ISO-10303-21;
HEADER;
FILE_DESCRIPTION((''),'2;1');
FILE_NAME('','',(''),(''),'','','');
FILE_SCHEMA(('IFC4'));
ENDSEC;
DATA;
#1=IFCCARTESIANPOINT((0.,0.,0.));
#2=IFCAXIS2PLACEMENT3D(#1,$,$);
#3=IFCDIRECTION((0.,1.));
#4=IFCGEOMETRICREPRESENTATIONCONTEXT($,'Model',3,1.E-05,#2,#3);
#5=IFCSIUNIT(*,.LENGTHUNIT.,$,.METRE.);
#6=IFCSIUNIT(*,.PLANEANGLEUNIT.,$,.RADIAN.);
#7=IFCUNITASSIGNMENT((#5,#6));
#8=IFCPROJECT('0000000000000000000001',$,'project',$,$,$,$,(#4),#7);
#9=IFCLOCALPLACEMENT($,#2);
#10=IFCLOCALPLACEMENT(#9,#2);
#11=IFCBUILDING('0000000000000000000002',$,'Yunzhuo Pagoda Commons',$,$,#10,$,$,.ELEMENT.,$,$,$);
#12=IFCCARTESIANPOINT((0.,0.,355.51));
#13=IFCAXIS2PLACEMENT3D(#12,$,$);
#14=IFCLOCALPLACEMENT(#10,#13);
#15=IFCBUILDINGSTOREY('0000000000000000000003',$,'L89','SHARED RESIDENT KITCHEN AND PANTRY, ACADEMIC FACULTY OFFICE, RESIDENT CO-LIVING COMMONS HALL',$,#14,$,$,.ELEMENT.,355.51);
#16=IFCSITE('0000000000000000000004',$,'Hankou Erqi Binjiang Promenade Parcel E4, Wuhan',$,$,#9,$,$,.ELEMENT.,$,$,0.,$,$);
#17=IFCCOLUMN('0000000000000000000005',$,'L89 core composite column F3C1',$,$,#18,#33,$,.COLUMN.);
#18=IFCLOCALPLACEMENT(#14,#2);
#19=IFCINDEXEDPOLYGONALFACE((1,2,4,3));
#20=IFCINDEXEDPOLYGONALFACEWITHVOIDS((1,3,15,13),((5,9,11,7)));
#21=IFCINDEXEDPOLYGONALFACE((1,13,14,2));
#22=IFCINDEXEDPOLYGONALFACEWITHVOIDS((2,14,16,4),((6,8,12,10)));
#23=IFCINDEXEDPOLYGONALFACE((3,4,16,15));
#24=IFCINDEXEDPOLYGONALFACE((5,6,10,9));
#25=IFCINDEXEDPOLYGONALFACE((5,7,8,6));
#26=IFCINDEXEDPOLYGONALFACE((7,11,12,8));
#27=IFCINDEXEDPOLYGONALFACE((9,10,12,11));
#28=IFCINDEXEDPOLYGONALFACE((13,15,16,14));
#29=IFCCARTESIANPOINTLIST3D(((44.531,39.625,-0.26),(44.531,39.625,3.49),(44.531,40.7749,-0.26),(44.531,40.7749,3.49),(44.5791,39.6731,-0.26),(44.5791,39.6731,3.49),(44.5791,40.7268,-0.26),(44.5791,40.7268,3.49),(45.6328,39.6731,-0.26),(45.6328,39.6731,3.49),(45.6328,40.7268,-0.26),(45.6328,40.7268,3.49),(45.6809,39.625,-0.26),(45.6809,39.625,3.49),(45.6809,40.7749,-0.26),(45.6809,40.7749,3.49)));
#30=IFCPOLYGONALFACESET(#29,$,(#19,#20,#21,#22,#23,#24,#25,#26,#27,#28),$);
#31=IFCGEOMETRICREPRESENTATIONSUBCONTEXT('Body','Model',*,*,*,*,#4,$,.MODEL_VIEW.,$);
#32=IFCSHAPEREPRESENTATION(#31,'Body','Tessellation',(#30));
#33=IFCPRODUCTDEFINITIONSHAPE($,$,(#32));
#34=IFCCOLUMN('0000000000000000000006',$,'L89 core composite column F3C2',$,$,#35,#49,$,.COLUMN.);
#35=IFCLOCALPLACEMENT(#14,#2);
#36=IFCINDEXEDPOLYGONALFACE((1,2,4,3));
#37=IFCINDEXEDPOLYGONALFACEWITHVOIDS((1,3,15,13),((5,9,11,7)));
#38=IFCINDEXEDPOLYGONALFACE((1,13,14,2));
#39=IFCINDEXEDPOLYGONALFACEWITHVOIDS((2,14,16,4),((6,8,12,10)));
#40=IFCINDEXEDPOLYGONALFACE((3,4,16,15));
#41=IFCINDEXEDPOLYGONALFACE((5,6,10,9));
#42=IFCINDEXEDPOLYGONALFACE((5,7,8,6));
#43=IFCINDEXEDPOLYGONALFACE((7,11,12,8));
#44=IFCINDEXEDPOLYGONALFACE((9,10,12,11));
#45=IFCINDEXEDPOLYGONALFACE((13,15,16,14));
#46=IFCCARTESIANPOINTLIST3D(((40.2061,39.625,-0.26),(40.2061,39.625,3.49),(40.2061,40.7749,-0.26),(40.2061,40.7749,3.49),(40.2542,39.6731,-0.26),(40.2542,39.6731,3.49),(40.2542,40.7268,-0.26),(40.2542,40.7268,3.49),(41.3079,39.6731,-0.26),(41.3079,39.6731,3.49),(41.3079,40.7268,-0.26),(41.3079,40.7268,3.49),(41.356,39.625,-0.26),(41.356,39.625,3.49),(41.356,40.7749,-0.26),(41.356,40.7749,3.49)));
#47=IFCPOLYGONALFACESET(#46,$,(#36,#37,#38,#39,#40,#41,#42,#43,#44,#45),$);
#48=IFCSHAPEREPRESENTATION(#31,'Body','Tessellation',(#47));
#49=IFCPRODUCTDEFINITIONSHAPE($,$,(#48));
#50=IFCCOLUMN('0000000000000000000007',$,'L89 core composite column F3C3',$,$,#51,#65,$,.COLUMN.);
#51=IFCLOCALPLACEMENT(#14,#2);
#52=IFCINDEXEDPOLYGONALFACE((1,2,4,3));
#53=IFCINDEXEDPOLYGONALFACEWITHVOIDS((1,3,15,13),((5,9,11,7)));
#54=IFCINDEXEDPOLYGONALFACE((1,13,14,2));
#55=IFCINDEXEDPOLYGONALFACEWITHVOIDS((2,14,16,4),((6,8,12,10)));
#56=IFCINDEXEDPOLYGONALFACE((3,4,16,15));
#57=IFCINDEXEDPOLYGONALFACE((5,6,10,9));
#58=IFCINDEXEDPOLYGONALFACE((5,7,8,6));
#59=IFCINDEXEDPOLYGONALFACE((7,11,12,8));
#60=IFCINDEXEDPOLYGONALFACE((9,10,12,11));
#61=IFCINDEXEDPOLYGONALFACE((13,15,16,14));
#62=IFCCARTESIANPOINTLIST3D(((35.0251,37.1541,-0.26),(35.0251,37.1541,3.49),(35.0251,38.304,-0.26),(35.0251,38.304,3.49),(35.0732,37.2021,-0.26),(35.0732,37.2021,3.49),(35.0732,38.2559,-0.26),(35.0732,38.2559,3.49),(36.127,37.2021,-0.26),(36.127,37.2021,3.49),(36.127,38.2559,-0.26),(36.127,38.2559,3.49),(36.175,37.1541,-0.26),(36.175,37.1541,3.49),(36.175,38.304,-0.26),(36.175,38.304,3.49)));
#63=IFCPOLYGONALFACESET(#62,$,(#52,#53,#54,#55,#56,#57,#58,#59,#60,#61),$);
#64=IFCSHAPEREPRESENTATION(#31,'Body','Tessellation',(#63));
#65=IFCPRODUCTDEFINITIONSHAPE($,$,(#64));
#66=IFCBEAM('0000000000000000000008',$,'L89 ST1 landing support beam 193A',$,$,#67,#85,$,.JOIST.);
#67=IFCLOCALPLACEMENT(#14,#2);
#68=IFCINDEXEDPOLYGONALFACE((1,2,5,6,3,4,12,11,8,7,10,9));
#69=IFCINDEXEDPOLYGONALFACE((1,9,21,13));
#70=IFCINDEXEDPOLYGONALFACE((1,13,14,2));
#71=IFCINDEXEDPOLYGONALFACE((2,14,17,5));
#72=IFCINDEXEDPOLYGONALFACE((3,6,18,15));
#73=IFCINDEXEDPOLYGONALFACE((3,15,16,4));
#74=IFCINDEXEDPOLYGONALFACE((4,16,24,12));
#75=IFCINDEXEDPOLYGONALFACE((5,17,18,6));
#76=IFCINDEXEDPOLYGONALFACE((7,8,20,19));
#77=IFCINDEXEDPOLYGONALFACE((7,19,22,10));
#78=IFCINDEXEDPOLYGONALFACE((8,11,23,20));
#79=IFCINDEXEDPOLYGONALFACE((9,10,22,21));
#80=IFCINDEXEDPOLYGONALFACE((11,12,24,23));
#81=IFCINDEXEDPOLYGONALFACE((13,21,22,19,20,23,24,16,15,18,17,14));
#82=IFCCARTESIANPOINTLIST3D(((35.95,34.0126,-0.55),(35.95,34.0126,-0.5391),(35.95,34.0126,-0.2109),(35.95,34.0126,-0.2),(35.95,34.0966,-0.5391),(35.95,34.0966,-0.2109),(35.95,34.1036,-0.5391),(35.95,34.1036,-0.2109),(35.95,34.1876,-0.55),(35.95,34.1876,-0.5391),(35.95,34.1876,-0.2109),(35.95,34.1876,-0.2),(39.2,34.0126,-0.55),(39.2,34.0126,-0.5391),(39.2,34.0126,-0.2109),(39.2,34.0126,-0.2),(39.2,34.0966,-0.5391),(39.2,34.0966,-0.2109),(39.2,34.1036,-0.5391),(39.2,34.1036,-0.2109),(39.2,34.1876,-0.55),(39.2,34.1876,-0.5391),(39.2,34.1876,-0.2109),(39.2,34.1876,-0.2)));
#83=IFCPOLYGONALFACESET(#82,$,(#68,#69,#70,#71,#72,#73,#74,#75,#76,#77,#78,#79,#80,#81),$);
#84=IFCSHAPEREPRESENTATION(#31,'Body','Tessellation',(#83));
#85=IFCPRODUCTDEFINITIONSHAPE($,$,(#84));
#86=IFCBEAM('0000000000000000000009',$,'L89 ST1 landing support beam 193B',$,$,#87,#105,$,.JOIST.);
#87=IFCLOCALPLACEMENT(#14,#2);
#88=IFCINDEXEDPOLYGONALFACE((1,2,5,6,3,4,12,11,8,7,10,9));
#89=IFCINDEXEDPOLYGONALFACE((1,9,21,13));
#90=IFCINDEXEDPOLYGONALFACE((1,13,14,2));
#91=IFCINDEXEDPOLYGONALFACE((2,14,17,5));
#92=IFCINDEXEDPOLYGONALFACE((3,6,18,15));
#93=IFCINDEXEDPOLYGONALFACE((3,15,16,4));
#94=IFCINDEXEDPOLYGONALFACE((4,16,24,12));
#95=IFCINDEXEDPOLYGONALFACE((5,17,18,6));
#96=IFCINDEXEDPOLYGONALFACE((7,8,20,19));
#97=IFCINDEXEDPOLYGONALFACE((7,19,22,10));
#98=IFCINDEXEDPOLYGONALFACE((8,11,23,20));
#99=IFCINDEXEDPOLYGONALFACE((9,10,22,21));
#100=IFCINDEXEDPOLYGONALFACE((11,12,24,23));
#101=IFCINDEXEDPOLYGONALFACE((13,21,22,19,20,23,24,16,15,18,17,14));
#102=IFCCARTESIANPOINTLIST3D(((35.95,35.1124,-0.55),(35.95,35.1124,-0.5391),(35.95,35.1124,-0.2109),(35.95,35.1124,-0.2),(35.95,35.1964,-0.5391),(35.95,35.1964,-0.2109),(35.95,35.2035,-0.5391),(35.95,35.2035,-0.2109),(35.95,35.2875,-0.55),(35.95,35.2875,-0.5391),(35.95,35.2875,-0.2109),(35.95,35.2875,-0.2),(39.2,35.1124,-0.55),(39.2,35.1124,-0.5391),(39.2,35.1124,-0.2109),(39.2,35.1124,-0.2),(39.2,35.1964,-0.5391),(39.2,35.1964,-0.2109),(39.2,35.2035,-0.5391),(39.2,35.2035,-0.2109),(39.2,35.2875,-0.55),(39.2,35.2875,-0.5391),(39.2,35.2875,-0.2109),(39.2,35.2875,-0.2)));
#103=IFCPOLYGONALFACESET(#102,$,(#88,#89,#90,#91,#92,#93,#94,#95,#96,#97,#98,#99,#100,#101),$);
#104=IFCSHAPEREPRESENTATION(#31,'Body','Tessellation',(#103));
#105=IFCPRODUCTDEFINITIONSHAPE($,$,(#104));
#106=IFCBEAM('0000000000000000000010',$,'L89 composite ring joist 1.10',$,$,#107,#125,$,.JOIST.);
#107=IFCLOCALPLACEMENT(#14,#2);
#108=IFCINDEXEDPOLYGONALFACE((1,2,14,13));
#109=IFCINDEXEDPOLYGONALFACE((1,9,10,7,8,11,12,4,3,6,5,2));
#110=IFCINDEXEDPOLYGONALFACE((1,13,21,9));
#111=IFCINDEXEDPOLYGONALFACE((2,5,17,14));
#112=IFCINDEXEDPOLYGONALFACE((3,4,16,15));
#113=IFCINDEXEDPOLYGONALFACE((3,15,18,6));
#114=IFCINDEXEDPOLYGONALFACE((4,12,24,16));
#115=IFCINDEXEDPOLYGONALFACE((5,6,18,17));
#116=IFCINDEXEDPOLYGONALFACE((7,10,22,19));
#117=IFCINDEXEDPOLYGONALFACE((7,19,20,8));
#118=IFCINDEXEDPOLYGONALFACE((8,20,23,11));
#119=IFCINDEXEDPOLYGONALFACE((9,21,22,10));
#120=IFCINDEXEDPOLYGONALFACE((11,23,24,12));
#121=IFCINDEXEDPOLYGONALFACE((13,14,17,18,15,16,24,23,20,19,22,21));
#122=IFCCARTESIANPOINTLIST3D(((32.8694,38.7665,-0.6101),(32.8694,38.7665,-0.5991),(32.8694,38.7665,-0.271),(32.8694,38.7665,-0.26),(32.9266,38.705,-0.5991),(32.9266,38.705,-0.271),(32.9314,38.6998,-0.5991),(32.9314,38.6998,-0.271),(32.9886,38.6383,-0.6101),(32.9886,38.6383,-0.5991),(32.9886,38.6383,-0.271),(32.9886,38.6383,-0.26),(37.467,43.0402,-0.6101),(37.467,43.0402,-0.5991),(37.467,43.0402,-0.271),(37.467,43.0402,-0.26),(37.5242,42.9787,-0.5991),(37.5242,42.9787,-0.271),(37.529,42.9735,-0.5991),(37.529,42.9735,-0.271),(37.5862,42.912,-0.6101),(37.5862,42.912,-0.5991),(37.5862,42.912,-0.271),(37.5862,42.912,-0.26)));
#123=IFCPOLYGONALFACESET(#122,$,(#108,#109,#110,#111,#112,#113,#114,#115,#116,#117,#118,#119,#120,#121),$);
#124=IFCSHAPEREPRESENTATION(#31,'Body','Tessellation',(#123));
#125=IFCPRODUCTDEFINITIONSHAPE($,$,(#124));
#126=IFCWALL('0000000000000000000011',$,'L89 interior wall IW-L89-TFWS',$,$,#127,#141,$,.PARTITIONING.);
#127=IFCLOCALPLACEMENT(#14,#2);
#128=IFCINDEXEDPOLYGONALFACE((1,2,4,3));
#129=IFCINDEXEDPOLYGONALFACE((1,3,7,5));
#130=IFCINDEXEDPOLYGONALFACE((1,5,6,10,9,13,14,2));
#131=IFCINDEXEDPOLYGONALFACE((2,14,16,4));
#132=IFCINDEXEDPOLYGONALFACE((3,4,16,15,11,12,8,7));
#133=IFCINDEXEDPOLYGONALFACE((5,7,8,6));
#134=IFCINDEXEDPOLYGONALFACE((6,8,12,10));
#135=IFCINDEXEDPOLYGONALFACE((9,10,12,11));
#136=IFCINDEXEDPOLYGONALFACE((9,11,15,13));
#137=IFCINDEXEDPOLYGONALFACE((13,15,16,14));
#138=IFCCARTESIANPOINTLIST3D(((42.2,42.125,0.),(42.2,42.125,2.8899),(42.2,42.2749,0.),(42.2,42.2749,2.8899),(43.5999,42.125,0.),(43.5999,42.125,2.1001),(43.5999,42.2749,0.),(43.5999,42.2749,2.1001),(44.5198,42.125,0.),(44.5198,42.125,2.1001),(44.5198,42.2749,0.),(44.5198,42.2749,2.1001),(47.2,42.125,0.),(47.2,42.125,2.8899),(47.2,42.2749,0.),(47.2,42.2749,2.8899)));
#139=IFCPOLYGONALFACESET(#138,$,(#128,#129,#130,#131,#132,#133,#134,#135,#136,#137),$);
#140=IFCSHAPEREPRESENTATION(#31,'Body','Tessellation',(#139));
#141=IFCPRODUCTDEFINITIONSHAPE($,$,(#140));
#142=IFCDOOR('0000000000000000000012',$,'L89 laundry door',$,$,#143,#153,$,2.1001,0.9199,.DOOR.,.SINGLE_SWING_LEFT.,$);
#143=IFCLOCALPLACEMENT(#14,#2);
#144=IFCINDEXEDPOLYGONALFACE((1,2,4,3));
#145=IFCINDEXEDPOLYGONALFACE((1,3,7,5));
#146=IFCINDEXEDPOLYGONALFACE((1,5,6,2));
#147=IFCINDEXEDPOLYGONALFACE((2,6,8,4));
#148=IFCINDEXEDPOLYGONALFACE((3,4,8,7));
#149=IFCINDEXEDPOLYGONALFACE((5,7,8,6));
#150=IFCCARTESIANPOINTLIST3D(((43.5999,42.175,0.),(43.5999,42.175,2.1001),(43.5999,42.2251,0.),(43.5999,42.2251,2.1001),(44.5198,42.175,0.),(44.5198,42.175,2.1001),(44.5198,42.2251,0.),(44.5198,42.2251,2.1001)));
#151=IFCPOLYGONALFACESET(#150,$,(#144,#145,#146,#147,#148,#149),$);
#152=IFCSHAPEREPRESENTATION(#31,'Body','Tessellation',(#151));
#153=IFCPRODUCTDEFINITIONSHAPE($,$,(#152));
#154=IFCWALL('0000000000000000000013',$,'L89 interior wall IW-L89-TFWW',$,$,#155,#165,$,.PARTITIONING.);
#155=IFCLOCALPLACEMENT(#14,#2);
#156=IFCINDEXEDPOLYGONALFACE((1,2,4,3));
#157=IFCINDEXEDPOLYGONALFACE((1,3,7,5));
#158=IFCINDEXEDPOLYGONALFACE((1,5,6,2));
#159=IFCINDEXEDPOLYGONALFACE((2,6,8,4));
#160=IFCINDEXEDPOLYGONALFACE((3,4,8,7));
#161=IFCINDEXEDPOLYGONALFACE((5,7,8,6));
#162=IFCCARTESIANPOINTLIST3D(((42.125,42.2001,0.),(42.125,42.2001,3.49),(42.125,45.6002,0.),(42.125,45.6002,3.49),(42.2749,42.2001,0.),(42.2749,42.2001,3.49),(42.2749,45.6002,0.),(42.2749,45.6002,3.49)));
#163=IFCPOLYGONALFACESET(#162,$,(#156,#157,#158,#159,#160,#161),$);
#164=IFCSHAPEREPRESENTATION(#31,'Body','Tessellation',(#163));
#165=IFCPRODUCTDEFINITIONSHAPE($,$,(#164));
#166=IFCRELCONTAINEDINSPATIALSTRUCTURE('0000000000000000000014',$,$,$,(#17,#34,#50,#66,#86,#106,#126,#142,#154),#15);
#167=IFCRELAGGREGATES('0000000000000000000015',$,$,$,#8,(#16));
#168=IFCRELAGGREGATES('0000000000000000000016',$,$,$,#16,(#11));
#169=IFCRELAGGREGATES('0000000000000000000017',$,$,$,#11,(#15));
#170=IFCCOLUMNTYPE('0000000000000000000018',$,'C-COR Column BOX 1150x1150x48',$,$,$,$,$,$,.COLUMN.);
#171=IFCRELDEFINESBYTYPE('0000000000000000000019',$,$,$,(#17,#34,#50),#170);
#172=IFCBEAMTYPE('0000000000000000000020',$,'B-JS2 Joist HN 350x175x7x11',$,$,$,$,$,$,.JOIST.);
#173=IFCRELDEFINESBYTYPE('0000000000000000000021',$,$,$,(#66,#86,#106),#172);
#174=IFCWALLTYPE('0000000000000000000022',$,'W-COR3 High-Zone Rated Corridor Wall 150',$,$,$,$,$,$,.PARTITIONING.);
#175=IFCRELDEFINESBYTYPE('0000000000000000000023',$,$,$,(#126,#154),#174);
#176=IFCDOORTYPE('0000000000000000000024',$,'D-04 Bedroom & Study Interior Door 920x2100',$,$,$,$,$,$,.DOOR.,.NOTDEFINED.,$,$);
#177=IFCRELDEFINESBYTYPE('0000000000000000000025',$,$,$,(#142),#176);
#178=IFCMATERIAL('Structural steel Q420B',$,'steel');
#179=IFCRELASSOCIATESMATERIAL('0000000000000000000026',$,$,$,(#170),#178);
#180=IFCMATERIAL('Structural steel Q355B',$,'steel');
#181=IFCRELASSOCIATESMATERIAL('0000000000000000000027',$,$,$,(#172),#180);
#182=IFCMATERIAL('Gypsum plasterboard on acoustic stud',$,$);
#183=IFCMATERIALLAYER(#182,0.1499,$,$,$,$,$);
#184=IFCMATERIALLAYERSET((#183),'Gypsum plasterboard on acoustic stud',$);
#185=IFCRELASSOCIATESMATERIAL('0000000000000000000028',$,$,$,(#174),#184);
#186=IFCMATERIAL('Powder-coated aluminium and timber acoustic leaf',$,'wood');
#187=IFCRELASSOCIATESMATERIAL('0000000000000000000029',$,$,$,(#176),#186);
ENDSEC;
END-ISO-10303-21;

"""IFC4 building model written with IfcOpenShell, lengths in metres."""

from ifc_helpers import new_model, si_unit, direction, frame, frame_2d, origin, origin_2d, place, context, subcontext, project, spatial, rectangle, hollow_rectangle, i_section, extrude, source, transform, mapped, material, layer, layer_set, material_profile, profile_set, type_object, element, fill, save


model = new_model("IFC4")

# Units and contexts
model_context = context("Model", 3, precision=1e-05, world=origin(), true_north=direction((0.0, 1.0)))
body_context = subcontext(model_context, "Body", "Model", "MODEL_VIEW")
ifc_project = project(units=[si_unit("LENGTHUNIT", "METRE"), si_unit("PLANEANGLEUNIT", "RADIAN")], contexts=[model_context])

# Site, building, storey
site_placement = place(None, origin())
site = spatial("IfcSite", under=ifc_project, at=site_placement, Name="Hankou Erqi Binjiang Promenade Parcel E4, Wuhan", CompositionType="ELEMENT", RefElevation=0.0)
building_placement = place(site_placement, origin())
building = spatial("IfcBuilding", under=site, at=building_placement, Name="Yunzhuo Pagoda Commons", CompositionType="ELEMENT")
storey_placement = place(building_placement, frame((0.0, 0.0, 355.51)))
storey = spatial("IfcBuildingStorey", under=building, at=storey_placement, Name="L89", Description="SHARED RESIDENT KITCHEN AND PANTRY, ACADEMIC FACULTY OFFICE, RESIDENT CO-LIVING COMMONS HALL", CompositionType="ELEMENT", Elevation=355.51)

# Columns
ifc_material_1 = material(Name="Structural steel Q420B", Category="steel")
ifc_material_profile_1 = material_profile(ifc_material_1, hollow_rectangle(XDim=1.1499, YDim=1.1499, WallThickness=0.0481, at=origin_2d()), Name="Structural steel Q420B")
ifc_profile_set_1 = profile_set([ifc_material_profile_1], Name="Structural steel Q420B")
column_type = type_object("IfcColumnType", Name="C-COR Column BOX 1150x1150x48", PredefinedType="COLUMN", material=ifc_profile_set_1)
shared_shape_1 = source(origin(), body_context, "Body", "SweptSolid", [
    extrude(hollow_rectangle(XDim=1.1499, YDim=1.1499, WallThickness=0.0481, at=origin_2d()), origin(), (0.0, 0.0, 1.0), 3.75),
])
for number, where, z_axis, x_axis, name in (
    (1, (45.106, 40.2, -0.26), (0.0, 0.0, 1.0), (1.0, 0.0, 0.0), "L89 core composite column F3C1"),
    (2, (40.781, 40.2, -0.26), (0.0, 0.0, 1.0), (1.0, 0.0, 0.0), "L89 core composite column F3C2"),
    (3, (35.6001, 37.729, -0.26), (0.0, 0.0, 1.0), (1.0, 0.0, 0.0), "L89 core composite column F3C3"),
):
    element("IfcColumn", number, at=place(storey_placement, frame(where, z_axis=z_axis, x_axis=x_axis)), inside=storey, type_object=column_type, Name=name, PredefinedType="COLUMN", context=body_context, shape_type="MappedRepresentation", body=[
        mapped(shared_shape_1, transform((0.0, 0.0, 0.0), scale=1.0)),
    ])

# Beams
ifc_material_2 = material(Name="Structural steel Q355B", Category="steel")
ifc_material_profile_2 = material_profile(ifc_material_2, i_section(OverallWidth=0.175, OverallDepth=0.3501, WebThickness=0.0071, FlangeThickness=0.011, at=origin_2d()), Name="Structural steel Q355B")
ifc_profile_set_2 = profile_set([ifc_material_profile_2], Name="Structural steel Q355B")
beam_type = type_object("IfcBeamType", Name="B-JS2 Joist HN 350x175x7x11", PredefinedType="JOIST", material=ifc_profile_set_2)
shared_shape_2 = source(origin(), body_context, "Body", "SweptSolid", [
    extrude(i_section(OverallWidth=0.175, OverallDepth=0.3501, WebThickness=0.0071, FlangeThickness=0.011, at=origin_2d()), origin(), (0.0, 0.0, 1.0), 3.25),
])
for number, where, z_axis, x_axis, name in (
    (4, (35.95, 34.1001, -0.375), (1.0, 0.0, 0.0), (0.0, 1.0, 0.0), "L89 ST1 landing support beam 193A"),
    (5, (35.95, 35.2, -0.375), (1.0, 0.0, 0.0), (0.0, 1.0, 0.0), "L89 ST1 landing support beam 193B"),
):
    element("IfcBeam", number, at=place(storey_placement, frame(where, z_axis=z_axis, x_axis=x_axis)), inside=storey, type_object=beam_type, Name=name, PredefinedType="JOIST", context=body_context, shape_type="MappedRepresentation", body=[
        mapped(shared_shape_2, transform((0.0, 0.0, 0.0), scale=1.0)),
    ])
shared_shape_3 = source(origin(), body_context, "Body", "SweptSolid", [
    extrude(i_section(OverallWidth=0.175, OverallDepth=0.3501, WebThickness=0.0071, FlangeThickness=0.011, at=origin_2d()), origin(), (0.0, 0.0, 1.0), 6.2771),
])
beam_placement = place(storey_placement, frame((37.5266, 42.9761, -0.4351), z_axis=(-0.732442, -0.68083, 0.0), x_axis=(0.68083, -0.732442, 0.0)))
element("IfcBeam", 6, at=beam_placement, inside=storey, type_object=beam_type, Name="L89 composite ring joist 1.10", PredefinedType="JOIST", context=body_context, shape_type="MappedRepresentation", body=[
    mapped(shared_shape_3, transform((0.0, 0.0, 0.0), scale=1.0)),
])

# Wall, opening, door
ifc_material_3 = material(Name="Gypsum plasterboard on acoustic stud")
ifc_layer_1 = layer(ifc_material_3, 0.1499)
ifc_layer_set_1 = layer_set([ifc_layer_1], Name="Gypsum plasterboard on acoustic stud")
wall_type_1 = type_object("IfcWallType", Name="W-COR3 High-Zone Rated Corridor Wall 150", PredefinedType="PARTITIONING", material=ifc_layer_set_1)
wall_1_placement = place(storey_placement, frame((42.2, 42.2, 0.0), z_axis=(0.0, 0.0, 1.0), x_axis=(1.0, 0.0, 0.0)))
wall_1 = element("IfcWall", 7, at=wall_1_placement, inside=storey, type_object=wall_type_1, Name="L89 interior wall IW-L89-TFWS", PredefinedType="PARTITIONING", context=body_context, shape_type="SweptSolid", body=[
    extrude(rectangle(XDim=5.0, YDim=0.1499, at=frame_2d((2.5, 0.0))), origin(), (0.0, 0.0, 1.0), 2.8899),
])
opening_1_placement = place(wall_1_placement, frame((1.3999, 0.0, 0.0)))
opening_1 = element("IfcOpeningElement", 8, at=opening_1_placement, cuts=wall_1, PredefinedType="OPENING", context=body_context, shape_type="SweptSolid", body=[
    extrude(rectangle(XDim=0.9199, YDim=2.1001, at=frame_2d((0.46, 1.05))), frame((0.0, 0.085, 0.0), z_axis=(0.0, -1.0, 0.0), x_axis=(1.0, 0.0, 0.0)), (0.0, 0.0, 1.0), 0.1699),
])
ifc_material_4 = material(Name="Powder-coated aluminium and timber acoustic leaf", Category="wood")
door_type_1 = type_object("IfcDoorType", Name="D-04 Bedroom & Study Interior Door 920x2100", OperationType="NOTDEFINED", PredefinedType="DOOR", material=ifc_material_4)
shared_shape_4 = source(origin(), body_context, "Body", "SweptSolid", [
    extrude(rectangle(XDim=0.9199, YDim=2.1001, at=frame_2d((0.46, 1.05))), frame((0.0, 0.0249, 0.0), z_axis=(0.0, -1.0, 0.0), x_axis=(1.0, 0.0, 0.0)), (0.0, 0.0, 1.0), 0.05),
])
door_1_placement = place(opening_1_placement, frame((0.9199, 0.0, 0.0), z_axis=(0.0, 0.0, 1.0), x_axis=(-1.0, 0.0, 0.0)))
door_1 = element("IfcDoor", 9, at=door_1_placement, inside=storey, type_object=door_type_1, Name="L89 laundry door", OperationType="SINGLE_SWING_LEFT", OverallHeight=2.1001, OverallWidth=0.9199, PredefinedType="DOOR", context=body_context, shape_type="MappedRepresentation", body=[
    mapped(shared_shape_4, transform((0.0, 0.0, 0.0), scale=1.0)),
])
fill(opening_1, door_1)

# Wall
wall_2_placement = place(storey_placement, frame((42.2, 42.2, 0.0), z_axis=(0.0, 0.0, 1.0), x_axis=(0.0, 1.0, 0.0)))
element("IfcWall", 10, at=wall_2_placement, inside=storey, type_object=wall_type_1, Name="L89 interior wall IW-L89-TFWW", PredefinedType="PARTITIONING", context=body_context, shape_type="SweptSolid", body=[
    extrude(rectangle(XDim=3.4001, YDim=0.1499, at=frame_2d((1.7002, 0.0))), origin(), (0.0, 0.0, 1.0), 3.49),
])

save(model, "model.ifc")
